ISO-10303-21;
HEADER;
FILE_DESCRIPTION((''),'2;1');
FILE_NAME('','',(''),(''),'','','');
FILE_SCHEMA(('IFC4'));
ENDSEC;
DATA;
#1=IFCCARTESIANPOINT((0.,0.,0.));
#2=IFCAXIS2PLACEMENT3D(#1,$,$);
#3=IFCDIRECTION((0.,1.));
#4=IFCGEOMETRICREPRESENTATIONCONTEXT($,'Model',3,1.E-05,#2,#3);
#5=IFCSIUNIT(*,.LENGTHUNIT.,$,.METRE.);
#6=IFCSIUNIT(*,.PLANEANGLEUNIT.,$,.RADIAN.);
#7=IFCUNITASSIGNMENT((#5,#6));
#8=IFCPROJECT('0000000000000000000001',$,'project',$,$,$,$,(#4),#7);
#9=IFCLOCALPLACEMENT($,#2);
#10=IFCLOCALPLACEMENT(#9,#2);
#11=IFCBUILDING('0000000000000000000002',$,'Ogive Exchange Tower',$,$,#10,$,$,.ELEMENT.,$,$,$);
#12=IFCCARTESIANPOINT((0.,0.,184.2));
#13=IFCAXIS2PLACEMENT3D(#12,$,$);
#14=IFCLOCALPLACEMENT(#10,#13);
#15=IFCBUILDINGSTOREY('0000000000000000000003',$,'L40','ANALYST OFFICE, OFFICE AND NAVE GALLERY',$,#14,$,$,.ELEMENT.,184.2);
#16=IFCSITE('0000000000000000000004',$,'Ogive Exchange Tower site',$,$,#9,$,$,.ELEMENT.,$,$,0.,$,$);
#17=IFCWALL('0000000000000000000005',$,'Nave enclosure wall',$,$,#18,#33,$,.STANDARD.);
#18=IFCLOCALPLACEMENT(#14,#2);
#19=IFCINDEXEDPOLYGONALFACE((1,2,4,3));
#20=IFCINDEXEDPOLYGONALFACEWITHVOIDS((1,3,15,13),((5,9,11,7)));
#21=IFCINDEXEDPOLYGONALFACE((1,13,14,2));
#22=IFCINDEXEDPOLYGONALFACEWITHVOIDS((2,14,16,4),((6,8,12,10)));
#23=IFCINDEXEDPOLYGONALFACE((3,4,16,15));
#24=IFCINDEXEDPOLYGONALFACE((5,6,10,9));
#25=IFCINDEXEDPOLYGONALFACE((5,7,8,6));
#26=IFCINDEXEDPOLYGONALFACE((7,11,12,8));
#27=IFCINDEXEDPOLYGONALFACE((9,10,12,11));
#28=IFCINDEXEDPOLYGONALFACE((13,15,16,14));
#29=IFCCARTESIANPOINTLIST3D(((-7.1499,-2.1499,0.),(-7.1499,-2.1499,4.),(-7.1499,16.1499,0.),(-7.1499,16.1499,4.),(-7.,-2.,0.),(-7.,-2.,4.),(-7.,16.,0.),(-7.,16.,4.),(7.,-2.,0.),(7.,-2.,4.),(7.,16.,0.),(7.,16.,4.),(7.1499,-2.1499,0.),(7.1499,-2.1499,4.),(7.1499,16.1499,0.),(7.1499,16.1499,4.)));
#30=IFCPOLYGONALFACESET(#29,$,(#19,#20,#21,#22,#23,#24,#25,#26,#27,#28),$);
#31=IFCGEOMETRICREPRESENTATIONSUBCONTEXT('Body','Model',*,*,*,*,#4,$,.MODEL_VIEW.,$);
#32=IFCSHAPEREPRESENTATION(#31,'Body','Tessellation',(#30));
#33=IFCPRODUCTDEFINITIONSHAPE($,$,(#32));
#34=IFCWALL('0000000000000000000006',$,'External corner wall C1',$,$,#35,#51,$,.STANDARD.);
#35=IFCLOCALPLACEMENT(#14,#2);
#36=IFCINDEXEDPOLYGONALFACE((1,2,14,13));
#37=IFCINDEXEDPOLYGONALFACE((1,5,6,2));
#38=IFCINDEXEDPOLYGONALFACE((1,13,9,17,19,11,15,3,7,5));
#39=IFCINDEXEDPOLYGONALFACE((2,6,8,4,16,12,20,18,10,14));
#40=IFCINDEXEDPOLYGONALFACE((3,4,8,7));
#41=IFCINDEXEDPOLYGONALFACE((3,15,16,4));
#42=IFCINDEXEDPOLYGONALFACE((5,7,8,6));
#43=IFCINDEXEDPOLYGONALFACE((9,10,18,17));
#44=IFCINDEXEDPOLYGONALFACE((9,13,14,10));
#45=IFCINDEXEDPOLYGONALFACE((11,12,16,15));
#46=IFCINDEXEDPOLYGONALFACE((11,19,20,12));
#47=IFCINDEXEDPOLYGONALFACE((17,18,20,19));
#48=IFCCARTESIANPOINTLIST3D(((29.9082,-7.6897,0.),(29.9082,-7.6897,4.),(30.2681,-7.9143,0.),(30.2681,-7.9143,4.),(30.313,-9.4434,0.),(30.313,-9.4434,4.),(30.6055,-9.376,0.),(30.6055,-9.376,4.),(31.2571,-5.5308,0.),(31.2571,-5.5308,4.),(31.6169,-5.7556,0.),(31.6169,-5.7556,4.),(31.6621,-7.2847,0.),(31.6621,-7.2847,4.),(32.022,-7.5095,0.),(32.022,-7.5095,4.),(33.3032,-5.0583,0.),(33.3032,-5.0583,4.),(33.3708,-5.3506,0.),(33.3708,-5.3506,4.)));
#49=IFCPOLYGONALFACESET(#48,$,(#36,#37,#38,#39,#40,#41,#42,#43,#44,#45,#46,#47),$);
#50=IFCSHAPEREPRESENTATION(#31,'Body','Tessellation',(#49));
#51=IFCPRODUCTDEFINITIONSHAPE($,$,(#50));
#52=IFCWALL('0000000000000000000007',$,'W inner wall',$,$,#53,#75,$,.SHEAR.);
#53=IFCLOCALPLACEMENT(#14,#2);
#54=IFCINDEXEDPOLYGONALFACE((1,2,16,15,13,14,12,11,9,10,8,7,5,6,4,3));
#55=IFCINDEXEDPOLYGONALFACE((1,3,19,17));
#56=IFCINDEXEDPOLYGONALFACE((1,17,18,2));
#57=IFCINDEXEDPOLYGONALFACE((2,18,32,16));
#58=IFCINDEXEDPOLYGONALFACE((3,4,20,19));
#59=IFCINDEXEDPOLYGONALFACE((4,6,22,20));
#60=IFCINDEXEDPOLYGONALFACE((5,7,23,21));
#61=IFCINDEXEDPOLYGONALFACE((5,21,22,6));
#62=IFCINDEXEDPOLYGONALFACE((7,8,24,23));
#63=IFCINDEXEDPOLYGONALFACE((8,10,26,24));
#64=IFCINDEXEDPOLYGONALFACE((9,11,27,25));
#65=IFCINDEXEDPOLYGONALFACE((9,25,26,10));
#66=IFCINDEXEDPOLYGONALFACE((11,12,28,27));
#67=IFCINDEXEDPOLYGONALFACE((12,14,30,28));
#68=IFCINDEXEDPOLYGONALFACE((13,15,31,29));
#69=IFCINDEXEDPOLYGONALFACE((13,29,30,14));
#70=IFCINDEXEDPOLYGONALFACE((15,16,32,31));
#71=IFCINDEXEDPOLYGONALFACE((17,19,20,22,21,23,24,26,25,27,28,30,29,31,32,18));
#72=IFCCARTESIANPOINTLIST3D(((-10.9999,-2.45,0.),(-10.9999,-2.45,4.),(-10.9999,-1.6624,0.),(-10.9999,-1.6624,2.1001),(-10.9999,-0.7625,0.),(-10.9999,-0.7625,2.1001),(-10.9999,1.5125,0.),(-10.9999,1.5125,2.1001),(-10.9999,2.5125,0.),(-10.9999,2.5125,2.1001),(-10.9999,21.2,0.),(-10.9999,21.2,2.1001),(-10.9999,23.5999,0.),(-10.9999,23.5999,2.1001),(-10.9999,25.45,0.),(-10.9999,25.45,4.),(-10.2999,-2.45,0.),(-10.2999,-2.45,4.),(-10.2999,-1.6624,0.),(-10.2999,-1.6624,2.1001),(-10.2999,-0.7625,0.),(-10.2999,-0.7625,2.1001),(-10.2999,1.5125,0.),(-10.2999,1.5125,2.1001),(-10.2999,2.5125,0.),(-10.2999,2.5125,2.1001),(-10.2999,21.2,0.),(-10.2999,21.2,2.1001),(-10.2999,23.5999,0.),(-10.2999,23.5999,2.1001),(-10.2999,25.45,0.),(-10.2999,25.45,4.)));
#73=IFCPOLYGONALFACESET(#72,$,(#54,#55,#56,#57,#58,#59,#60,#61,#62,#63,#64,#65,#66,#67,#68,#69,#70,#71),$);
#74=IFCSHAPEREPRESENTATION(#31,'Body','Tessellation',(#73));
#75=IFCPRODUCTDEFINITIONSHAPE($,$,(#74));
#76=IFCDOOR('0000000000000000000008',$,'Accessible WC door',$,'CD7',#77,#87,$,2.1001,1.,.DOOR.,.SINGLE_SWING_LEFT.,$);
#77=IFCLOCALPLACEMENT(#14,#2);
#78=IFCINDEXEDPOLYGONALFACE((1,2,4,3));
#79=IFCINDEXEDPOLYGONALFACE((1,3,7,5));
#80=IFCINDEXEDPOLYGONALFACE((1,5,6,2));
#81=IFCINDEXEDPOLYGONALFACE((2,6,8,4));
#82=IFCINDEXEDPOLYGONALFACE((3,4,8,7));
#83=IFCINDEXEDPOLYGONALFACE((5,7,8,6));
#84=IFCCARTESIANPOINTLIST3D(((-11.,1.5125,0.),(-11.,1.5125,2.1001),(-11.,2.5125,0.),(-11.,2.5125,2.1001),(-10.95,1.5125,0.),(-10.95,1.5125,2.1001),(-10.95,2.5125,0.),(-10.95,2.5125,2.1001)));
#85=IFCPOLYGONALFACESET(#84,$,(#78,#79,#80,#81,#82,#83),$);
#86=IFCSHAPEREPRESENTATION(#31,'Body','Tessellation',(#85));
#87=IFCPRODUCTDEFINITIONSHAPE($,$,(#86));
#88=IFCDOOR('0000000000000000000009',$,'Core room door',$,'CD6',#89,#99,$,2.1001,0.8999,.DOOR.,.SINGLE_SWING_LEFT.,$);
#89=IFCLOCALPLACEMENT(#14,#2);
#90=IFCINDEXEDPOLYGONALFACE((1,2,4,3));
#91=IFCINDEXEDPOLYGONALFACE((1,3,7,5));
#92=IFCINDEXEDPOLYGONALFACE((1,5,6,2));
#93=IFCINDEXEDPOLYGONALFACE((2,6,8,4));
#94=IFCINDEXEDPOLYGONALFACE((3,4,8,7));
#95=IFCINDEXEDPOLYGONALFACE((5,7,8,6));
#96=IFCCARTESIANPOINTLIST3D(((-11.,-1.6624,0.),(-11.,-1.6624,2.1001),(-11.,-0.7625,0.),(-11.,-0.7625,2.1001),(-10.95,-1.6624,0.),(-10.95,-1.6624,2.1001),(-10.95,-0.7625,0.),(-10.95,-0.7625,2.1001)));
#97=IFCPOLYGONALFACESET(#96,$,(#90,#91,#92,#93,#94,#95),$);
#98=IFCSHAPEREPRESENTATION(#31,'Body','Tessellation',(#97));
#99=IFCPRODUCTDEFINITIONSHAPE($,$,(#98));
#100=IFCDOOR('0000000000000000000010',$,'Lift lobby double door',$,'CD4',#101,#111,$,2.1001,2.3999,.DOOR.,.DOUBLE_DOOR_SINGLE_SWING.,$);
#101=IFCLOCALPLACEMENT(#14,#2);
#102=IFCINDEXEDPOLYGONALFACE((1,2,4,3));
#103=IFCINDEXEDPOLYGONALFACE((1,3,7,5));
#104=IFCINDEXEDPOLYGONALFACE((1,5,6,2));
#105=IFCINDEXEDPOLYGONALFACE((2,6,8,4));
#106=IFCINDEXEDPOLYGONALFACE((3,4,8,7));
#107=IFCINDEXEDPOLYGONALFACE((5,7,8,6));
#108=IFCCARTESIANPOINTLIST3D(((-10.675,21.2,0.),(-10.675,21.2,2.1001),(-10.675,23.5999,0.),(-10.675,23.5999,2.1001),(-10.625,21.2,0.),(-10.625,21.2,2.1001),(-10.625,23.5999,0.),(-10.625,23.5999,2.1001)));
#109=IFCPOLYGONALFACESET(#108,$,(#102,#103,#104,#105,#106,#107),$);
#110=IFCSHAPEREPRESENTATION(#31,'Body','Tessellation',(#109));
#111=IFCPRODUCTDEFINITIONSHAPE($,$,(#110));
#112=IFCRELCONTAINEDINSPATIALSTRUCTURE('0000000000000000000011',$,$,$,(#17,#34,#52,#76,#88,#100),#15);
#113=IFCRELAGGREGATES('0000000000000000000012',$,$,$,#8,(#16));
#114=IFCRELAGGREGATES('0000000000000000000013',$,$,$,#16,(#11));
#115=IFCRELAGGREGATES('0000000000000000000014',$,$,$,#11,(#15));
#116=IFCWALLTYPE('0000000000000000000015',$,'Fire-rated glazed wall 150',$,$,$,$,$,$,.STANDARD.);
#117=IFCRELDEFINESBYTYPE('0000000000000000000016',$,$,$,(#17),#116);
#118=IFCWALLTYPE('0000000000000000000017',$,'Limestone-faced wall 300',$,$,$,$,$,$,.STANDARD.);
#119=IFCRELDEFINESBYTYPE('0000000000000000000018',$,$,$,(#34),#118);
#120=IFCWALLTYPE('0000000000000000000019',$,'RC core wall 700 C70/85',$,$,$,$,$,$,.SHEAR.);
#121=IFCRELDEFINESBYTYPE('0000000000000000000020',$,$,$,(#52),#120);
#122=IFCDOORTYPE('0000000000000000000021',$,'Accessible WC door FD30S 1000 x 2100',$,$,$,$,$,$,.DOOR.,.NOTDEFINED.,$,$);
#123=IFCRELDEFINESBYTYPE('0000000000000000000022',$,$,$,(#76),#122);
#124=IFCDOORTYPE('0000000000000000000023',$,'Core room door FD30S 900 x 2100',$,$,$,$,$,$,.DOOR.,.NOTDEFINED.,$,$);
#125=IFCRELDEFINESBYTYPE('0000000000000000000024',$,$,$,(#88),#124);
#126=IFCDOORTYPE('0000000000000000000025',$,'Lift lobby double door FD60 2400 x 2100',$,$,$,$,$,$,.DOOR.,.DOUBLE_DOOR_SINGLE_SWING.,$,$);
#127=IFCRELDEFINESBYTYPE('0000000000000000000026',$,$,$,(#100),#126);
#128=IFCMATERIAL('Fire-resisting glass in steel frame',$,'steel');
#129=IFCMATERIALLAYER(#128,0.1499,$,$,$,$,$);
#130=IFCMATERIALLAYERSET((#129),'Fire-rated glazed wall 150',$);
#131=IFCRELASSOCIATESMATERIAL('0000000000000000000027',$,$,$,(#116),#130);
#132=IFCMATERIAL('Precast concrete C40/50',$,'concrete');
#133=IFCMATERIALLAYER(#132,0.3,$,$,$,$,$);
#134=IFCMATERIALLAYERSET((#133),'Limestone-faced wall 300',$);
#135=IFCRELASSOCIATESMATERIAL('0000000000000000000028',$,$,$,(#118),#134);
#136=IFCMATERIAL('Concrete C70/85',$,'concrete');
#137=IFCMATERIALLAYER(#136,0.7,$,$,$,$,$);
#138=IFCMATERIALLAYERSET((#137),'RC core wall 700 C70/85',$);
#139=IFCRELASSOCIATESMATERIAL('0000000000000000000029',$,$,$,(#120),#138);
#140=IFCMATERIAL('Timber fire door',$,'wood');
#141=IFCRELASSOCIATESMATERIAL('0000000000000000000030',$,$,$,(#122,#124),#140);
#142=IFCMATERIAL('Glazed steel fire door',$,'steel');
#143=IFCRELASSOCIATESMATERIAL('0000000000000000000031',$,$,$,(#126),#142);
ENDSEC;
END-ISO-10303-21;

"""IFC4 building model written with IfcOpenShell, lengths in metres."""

from ifc_helpers import new_model, si_unit, direction, frame, frame_2d, origin, place, context, subcontext, project, spatial, polyline, rectangle, outline, extrude, material, layer, layer_set, type_object, element, fill, save


model = new_model("IFC4")

# Units and contexts
model_context = context("Model", 3, precision=1e-05, world=origin(), true_north=direction((0.0, 1.0)))
body_context = subcontext(model_context, "Body", "Model", "MODEL_VIEW")
ifc_project = project(units=[si_unit("LENGTHUNIT", "METRE"), si_unit("PLANEANGLEUNIT", "RADIAN")], contexts=[model_context])

# Site, building, storey
site_placement = place(None, origin())
site = spatial("IfcSite", under=ifc_project, at=site_placement, Name="Ogive Exchange Tower site", CompositionType="ELEMENT", RefElevation=0.0)
building_placement = place(site_placement, origin())
building = spatial("IfcBuilding", under=site, at=building_placement, Name="Ogive Exchange Tower", CompositionType="ELEMENT")
storey_placement = place(building_placement, frame((0.0, 0.0, 184.2)))
storey = spatial("IfcBuildingStorey", under=building, at=storey_placement, Name="L40", Description="ANALYST OFFICE, OFFICE AND NAVE GALLERY", CompositionType="ELEMENT", Elevation=184.2)

# Walls
ifc_material_1 = material(Name="Fire-resisting glass in steel frame", Category="steel")
ifc_layer_1 = layer(ifc_material_1, 0.1499)
ifc_layer_set_1 = layer_set([ifc_layer_1], Name="Fire-rated glazed wall 150")
wall_type_1 = type_object("IfcWallType", Name="Fire-rated glazed wall 150", PredefinedType="STANDARD", material=ifc_layer_set_1)
wall_1_placement = place(storey_placement, origin())
element("IfcWall", 1, at=wall_1_placement, inside=storey, type_object=wall_type_1, Name="Nave enclosure wall", PredefinedType="STANDARD", context=body_context, shape_type="SweptSolid", body=[
    extrude(outline(polyline([(-7.1499, -2.1499), (7.1499, -2.1499), (7.1499, 16.1499), (-7.1499, 16.1499), (-7.1499, -2.1499)]), holes=[polyline([(-7.0, -2.0), (-7.0, 16.0), (7.0, 16.0), (7.0, -2.0), (-7.0, -2.0)])]), origin(), (0.0, 0.0, 1.0), 4.0),
])
ifc_material_2 = material(Name="Precast concrete C40/50", Category="concrete")
ifc_layer_2 = layer(ifc_material_2, 0.3)
ifc_layer_set_2 = layer_set([ifc_layer_2], Name="Limestone-faced wall 300")
wall_type_2 = type_object("IfcWallType", Name="Limestone-faced wall 300", PredefinedType="STANDARD", material=ifc_layer_set_2)
wall_2_placement = place(storey_placement, origin())
element("IfcWall", 2, at=wall_2_placement, inside=storey, type_object=wall_type_2, Name="External corner wall C1", PredefinedType="STANDARD", context=body_context, shape_type="SweptSolid", body=[
    extrude(outline(polyline([(31.6621, -7.2847), (31.2571, -5.5308), (33.3032, -5.0583), (33.3708, -5.3506), (31.6169, -5.7556), (32.022, -7.5095), (30.2681, -7.9143), (30.6055, -9.376), (30.313, -9.4434), (29.9082, -7.6897), (31.6621, -7.2847)])), origin(), (0.0, 0.0, 1.0), 4.0),
])

# Wall, openings, doors
ifc_material_3 = material(Name="Concrete C70/85", Category="concrete")
ifc_layer_3 = layer(ifc_material_3, 0.7)
ifc_layer_set_3 = layer_set([ifc_layer_3], Name="RC core wall 700 C70/85")
wall_type_3 = type_object("IfcWallType", Name="RC core wall 700 C70/85", PredefinedType="SHEAR", material=ifc_layer_set_3)
wall_3_placement = place(storey_placement, frame((-10.6499, -2.45, 0.0), z_axis=(0.0, 0.0, 1.0), x_axis=(0.0, 1.0, 0.0)))
wall_3 = element("IfcWall", 3, at=wall_3_placement, inside=storey, type_object=wall_type_3, Name="W inner wall", PredefinedType="SHEAR", context=body_context, shape_type="SweptSolid", body=[
    extrude(rectangle(XDim=27.8999, YDim=0.7, at=frame_2d((13.95, 0.0))), origin(), (0.0, 0.0, 1.0), 4.0),
])
opening_1_placement = place(wall_3_placement, frame((23.6499, 0.0, 0.0)))
opening_1 = element("IfcOpeningElement", 4, at=opening_1_placement, cuts=wall_3, PredefinedType="OPENING", context=body_context, shape_type="SweptSolid", body=[
    extrude(rectangle(XDim=2.3999, YDim=2.1001, at=frame_2d((1.2, 1.05))), frame((0.0, 0.3599, 0.0), z_axis=(0.0, -1.0, 0.0), x_axis=(1.0, 0.0, 0.0)), (0.0, 0.0, 1.0), 0.72),
])
opening_2_placement = place(wall_3_placement, frame((0.7876, 0.0, 0.0)))
opening_2 = element("IfcOpeningElement", 5, at=opening_2_placement, cuts=wall_3, PredefinedType="OPENING", context=body_context, shape_type="SweptSolid", body=[
    extrude(rectangle(XDim=0.8999, YDim=2.1001, at=frame_2d((0.45, 1.05))), frame((0.0, 0.3599, 0.0), z_axis=(0.0, -1.0, 0.0), x_axis=(1.0, 0.0, 0.0)), (0.0, 0.0, 1.0), 0.72),
])
opening_3_placement = place(wall_3_placement, frame((3.9624, 0.0, 0.0)))
opening_3 = element("IfcOpeningElement", 6, at=opening_3_placement, cuts=wall_3, PredefinedType="OPENING", context=body_context, shape_type="SweptSolid", body=[
    extrude(rectangle(XDim=1.0, YDim=2.1001, at=frame_2d((0.5, 1.05))), frame((0.0, 0.3599, 0.0), z_axis=(0.0, -1.0, 0.0), x_axis=(1.0, 0.0, 0.0)), (0.0, 0.0, 1.0), 0.72),
])
ifc_material_4 = material(Name="Timber fire door", Category="wood")
door_type_1 = type_object("IfcDoorType", Name="Accessible WC door FD30S 1000 x 2100", OperationType="NOTDEFINED", PredefinedType="DOOR", material=ifc_material_4)
door_1_placement = place(opening_3_placement, origin())
door_1 = element("IfcDoor", 7, at=door_1_placement, inside=storey, type_object=door_type_1, Name="Accessible WC door", ObjectType="CD7", OperationType="SINGLE_SWING_LEFT", OverallHeight=2.1001, OverallWidth=1.0, PredefinedType="DOOR", context=body_context, shape_type="SweptSolid", body=[
    extrude(rectangle(XDim=1.0, YDim=2.1001, at=frame_2d((0.5, 1.05))), frame((0.0, 0.3501, 0.0), z_axis=(0.0, -1.0, 0.0), x_axis=(1.0, 0.0, 0.0)), (0.0, 0.0, 1.0), 0.05),
])
fill(opening_3, door_1)
door_type_2 = type_object("IfcDoorType", Name="Core room door FD30S 900 x 2100", OperationType="NOTDEFINED", PredefinedType="DOOR", material=ifc_material_4)
door_2_placement = place(opening_2_placement, origin())
door_2 = element("IfcDoor", 8, at=door_2_placement, inside=storey, type_object=door_type_2, Name="Core room door", ObjectType="CD6", OperationType="SINGLE_SWING_LEFT", OverallHeight=2.1001, OverallWidth=0.8999, PredefinedType="DOOR", context=body_context, shape_type="SweptSolid", body=[
    extrude(rectangle(XDim=0.8999, YDim=2.1001, at=frame_2d((0.45, 1.05))), frame((0.0, 0.3501, 0.0), z_axis=(0.0, -1.0, 0.0), x_axis=(1.0, 0.0, 0.0)), (0.0, 0.0, 1.0), 0.05),
])
fill(opening_2, door_2)
ifc_material_5 = material(Name="Glazed steel fire door", Category="steel")
door_type_3 = type_object("IfcDoorType", Name="Lift lobby double door FD60 2400 x 2100", OperationType="DOUBLE_DOOR_SINGLE_SWING", PredefinedType="DOOR", material=ifc_material_5)
door_3_placement = place(opening_1_placement, frame((2.3999, 0.0, 0.0), z_axis=(0.0, 0.0, 1.0), x_axis=(-1.0, 0.0, 0.0)))
door_3 = element("IfcDoor", 9, at=door_3_placement, inside=storey, type_object=door_type_3, Name="Lift lobby double door", ObjectType="CD4", OperationType="DOUBLE_DOOR_SINGLE_SWING", OverallHeight=2.1001, OverallWidth=2.3999, PredefinedType="DOOR", context=body_context, shape_type="SweptSolid", body=[
    extrude(rectangle(XDim=2.3999, YDim=2.1001, at=frame_2d((1.2, 1.05))), frame((0.0, 0.0249, 0.0), z_axis=(0.0, -1.0, 0.0), x_axis=(1.0, 0.0, 0.0)), (0.0, 0.0, 1.0), 0.05),
])
fill(opening_1, door_3)

save(model, "model.ifc")
